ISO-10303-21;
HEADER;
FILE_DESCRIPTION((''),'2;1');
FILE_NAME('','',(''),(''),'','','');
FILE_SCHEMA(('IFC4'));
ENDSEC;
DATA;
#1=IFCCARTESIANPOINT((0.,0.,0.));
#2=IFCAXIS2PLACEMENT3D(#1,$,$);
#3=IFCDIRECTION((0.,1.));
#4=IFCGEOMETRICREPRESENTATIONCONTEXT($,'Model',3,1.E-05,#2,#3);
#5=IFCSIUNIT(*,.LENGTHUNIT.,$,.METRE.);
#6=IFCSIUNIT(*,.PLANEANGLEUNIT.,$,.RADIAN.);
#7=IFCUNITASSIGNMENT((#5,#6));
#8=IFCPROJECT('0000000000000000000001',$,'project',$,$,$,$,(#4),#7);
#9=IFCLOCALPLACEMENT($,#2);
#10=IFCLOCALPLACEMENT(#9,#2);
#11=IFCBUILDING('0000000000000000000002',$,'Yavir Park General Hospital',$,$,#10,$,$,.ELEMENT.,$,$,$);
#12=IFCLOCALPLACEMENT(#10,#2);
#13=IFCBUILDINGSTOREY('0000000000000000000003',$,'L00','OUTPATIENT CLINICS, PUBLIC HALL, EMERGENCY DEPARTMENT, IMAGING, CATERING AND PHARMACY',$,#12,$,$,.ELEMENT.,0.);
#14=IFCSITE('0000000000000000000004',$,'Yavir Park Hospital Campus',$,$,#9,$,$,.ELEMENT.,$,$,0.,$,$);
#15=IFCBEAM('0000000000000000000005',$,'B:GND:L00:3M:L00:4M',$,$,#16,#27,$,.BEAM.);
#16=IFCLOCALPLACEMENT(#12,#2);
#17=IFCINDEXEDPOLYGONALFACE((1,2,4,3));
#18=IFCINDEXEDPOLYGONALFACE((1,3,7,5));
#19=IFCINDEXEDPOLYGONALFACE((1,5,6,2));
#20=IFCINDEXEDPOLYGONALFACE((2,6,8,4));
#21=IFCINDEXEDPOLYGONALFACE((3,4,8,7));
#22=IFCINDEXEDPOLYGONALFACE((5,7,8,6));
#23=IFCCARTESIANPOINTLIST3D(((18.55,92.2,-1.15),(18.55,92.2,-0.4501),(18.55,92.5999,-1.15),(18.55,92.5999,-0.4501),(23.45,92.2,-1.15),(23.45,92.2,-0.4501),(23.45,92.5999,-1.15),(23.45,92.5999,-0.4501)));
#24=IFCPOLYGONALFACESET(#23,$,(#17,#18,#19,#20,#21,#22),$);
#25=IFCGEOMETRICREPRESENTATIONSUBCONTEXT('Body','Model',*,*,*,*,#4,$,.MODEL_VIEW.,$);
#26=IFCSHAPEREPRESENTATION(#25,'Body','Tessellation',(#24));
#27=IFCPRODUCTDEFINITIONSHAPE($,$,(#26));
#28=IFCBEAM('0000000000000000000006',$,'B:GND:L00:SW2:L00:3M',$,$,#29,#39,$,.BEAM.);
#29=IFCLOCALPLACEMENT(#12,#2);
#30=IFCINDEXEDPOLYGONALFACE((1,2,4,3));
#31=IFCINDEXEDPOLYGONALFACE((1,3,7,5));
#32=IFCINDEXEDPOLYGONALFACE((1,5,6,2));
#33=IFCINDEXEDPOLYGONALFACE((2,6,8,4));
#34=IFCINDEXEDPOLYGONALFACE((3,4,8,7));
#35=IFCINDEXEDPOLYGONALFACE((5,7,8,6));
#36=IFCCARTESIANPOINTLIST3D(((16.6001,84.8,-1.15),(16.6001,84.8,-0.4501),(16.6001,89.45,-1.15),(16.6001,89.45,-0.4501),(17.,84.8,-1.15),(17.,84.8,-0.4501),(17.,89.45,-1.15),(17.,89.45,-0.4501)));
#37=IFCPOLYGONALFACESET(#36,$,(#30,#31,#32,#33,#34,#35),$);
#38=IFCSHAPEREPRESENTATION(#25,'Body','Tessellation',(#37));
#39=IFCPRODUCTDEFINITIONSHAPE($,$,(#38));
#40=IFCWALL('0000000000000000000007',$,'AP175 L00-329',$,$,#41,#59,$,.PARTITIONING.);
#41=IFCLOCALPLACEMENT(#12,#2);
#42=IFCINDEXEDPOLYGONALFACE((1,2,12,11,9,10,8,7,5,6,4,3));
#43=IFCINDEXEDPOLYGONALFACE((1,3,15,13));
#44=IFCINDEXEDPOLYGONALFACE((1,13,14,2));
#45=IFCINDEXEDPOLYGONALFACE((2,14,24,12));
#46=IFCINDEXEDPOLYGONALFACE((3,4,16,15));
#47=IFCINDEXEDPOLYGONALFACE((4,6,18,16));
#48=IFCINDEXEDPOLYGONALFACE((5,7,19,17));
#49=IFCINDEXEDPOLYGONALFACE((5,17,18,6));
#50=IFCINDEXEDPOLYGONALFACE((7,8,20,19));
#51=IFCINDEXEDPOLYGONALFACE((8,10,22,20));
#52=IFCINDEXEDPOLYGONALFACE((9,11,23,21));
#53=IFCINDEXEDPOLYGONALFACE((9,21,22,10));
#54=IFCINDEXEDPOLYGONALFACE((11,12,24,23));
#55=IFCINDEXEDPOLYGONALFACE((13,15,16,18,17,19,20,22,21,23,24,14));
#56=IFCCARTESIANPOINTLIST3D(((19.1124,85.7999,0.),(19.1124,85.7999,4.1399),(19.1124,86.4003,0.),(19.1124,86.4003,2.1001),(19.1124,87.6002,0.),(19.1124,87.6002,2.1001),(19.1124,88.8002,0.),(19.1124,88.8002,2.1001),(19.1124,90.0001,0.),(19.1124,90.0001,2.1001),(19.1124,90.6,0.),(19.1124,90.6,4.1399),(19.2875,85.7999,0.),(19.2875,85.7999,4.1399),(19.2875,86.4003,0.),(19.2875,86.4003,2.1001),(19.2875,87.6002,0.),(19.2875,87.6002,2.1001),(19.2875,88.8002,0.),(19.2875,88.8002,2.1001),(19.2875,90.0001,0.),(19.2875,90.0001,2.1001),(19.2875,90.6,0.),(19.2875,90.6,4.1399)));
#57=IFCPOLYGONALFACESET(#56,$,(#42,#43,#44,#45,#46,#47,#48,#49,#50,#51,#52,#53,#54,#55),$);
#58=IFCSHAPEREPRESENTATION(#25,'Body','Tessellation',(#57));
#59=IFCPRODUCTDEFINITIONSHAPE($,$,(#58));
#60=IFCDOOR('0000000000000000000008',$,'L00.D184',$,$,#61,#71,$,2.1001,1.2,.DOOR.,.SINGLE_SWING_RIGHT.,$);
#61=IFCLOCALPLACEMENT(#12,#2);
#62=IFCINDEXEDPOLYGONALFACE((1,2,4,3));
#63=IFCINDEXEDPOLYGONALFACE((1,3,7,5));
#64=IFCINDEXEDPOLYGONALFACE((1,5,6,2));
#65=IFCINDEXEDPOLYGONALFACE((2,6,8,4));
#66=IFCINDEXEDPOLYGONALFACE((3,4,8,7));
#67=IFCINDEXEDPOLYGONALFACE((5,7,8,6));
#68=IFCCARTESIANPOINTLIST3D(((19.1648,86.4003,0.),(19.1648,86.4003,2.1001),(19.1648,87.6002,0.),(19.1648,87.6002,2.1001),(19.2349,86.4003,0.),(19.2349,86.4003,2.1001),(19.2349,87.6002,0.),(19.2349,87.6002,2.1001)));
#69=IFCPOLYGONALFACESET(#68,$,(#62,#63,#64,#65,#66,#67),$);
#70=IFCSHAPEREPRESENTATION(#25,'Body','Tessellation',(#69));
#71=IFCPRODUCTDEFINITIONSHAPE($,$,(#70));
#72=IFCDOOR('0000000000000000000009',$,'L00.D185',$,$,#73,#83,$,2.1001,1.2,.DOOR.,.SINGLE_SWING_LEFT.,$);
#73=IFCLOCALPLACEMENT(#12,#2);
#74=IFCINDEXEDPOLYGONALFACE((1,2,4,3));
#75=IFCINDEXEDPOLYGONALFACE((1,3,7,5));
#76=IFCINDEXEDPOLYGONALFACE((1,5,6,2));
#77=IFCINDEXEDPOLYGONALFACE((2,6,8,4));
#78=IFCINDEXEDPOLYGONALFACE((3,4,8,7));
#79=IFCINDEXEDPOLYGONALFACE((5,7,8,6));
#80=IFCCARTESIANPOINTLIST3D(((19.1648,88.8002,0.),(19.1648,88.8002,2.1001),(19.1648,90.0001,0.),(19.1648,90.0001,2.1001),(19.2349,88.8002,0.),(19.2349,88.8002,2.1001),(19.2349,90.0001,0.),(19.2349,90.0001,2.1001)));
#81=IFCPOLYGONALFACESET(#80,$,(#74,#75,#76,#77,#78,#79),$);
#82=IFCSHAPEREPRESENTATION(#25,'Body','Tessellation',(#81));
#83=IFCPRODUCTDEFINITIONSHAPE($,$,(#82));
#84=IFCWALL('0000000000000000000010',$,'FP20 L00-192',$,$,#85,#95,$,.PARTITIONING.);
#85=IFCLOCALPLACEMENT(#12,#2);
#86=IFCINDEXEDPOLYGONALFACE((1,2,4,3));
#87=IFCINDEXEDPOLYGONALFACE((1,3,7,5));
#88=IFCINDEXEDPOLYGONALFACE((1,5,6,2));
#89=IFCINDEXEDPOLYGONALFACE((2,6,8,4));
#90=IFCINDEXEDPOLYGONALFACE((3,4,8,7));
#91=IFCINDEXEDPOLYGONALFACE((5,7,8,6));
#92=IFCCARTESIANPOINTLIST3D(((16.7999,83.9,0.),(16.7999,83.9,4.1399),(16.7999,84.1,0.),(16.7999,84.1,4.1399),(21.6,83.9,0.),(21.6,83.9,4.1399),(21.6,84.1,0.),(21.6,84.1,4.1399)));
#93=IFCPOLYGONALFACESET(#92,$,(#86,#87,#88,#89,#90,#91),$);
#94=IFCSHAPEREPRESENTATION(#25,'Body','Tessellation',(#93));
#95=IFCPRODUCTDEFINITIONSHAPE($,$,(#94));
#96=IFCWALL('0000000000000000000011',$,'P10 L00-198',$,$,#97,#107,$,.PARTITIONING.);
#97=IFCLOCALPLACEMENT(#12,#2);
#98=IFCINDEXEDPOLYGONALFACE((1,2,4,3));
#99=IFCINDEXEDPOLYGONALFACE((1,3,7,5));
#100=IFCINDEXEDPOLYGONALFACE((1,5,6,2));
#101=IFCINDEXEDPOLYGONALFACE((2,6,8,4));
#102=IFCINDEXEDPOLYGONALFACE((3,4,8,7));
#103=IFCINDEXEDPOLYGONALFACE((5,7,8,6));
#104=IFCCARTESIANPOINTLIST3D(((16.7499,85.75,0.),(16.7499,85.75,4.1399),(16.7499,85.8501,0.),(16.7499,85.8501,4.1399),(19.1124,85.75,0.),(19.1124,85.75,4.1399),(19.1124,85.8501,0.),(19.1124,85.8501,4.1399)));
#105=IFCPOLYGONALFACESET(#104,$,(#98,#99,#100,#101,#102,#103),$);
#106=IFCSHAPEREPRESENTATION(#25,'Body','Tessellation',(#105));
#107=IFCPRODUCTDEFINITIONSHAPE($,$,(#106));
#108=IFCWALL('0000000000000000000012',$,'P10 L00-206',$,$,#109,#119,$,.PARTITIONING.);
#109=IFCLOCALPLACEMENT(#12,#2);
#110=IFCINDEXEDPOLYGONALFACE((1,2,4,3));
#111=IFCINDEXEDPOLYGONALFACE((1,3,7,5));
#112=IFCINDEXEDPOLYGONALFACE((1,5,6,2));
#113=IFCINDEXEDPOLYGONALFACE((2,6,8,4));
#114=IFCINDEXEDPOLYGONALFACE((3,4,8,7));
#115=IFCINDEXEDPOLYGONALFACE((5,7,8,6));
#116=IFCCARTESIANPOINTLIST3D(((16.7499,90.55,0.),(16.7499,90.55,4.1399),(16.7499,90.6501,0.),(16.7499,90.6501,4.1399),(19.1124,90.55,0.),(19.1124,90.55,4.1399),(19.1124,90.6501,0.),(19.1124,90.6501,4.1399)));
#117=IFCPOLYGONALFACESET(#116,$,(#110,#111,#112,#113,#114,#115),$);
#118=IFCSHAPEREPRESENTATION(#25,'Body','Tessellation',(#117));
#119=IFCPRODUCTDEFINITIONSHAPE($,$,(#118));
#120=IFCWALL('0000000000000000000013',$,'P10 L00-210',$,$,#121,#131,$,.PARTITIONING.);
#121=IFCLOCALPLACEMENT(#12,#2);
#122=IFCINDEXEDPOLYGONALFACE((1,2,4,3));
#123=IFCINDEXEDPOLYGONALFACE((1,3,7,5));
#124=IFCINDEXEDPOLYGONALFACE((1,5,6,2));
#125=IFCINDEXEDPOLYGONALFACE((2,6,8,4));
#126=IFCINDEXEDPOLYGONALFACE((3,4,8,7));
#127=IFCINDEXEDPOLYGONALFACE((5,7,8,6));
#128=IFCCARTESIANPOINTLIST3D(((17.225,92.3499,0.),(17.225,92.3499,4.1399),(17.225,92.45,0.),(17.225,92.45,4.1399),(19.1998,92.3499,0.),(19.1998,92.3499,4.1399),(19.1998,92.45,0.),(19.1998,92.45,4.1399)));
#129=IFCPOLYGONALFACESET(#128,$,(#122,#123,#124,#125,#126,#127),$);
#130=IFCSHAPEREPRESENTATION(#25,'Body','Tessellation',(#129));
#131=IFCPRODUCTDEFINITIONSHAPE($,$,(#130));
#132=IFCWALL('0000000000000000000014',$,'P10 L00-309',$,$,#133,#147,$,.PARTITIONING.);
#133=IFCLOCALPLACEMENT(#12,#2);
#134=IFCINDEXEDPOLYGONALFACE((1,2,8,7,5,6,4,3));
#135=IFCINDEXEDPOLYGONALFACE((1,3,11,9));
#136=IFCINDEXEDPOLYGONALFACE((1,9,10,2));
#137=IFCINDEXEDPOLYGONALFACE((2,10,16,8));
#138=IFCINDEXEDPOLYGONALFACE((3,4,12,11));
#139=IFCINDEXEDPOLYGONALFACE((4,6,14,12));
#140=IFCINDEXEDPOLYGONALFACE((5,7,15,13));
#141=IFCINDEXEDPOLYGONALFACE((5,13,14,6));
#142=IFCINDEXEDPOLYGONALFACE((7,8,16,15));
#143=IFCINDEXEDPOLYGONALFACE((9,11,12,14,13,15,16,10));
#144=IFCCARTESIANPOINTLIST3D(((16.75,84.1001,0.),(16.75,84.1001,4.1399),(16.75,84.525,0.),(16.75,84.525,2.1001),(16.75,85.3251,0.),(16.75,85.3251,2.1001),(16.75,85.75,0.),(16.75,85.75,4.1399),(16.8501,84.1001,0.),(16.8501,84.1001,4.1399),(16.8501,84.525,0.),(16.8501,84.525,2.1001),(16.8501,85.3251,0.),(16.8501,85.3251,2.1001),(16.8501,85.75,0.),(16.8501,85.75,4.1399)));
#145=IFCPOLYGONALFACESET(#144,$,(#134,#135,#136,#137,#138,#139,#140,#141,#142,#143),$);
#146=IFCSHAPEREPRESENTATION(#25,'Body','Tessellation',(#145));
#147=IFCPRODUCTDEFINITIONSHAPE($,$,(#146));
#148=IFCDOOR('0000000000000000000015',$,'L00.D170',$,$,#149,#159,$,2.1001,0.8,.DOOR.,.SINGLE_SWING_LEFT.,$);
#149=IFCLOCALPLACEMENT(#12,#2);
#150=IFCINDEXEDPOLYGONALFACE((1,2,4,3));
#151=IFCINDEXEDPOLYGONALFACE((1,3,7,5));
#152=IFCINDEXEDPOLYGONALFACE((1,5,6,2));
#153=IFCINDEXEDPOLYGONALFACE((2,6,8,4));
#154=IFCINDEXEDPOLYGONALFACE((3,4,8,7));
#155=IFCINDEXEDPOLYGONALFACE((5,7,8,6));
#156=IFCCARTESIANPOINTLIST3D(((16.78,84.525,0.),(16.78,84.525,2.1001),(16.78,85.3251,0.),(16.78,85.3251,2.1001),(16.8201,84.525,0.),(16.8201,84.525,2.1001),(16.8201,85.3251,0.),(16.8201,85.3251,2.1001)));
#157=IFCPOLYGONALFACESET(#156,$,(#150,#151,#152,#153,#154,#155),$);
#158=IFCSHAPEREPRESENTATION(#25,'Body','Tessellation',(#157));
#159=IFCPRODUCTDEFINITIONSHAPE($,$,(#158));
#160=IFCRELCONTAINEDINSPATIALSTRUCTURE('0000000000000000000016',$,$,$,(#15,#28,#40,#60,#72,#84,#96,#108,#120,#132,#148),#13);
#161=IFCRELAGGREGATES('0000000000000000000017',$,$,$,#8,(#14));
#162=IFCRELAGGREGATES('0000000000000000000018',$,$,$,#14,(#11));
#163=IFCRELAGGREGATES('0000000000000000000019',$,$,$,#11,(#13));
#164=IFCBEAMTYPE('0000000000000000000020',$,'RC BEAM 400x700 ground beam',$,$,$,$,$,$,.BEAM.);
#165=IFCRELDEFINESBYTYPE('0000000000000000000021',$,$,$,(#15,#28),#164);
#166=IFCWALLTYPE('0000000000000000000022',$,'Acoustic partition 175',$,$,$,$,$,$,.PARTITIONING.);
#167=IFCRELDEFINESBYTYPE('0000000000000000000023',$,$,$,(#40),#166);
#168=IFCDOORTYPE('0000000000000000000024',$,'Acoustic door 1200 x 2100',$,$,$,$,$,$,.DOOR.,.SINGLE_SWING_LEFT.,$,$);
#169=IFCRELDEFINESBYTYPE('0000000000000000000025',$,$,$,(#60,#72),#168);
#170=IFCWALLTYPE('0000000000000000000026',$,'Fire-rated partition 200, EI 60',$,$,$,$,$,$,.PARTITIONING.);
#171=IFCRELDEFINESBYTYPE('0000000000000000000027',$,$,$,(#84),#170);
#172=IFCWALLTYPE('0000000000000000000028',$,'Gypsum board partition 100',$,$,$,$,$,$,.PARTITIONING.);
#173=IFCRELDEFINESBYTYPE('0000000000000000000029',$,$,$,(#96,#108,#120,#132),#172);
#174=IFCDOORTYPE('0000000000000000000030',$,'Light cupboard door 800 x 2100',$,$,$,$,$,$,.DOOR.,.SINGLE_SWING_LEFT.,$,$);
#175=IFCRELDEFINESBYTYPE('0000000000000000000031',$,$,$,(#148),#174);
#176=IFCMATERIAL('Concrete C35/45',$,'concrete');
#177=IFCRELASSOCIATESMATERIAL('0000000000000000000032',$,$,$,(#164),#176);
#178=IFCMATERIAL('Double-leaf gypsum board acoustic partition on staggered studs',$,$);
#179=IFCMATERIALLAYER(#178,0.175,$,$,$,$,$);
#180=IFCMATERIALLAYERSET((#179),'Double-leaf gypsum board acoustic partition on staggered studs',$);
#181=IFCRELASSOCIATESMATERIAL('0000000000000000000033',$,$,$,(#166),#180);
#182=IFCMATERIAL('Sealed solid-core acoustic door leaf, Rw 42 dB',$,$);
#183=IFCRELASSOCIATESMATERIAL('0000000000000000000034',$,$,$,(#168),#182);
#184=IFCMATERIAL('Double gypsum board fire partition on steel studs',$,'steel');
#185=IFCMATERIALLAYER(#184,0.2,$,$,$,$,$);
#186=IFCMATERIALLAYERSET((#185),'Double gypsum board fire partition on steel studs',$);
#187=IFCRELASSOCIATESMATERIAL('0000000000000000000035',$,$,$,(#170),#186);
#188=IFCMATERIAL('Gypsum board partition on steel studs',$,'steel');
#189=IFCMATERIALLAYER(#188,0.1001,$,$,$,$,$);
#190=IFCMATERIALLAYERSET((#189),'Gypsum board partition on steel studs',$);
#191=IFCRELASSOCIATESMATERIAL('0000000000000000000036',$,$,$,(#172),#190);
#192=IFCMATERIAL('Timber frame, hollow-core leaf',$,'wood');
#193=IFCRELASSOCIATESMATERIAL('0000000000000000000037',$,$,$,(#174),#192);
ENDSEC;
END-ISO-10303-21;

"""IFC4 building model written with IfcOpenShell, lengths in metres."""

from ifc_helpers import new_model, si_unit, direction, frame, frame_2d, origin, origin_2d, place, context, subcontext, project, spatial, rectangle, extrude, material, layer, layer_set, material_profile, profile_set, type_object, element, fill, save


model = new_model("IFC4")

# Units and contexts
model_context = context("Model", 3, precision=1e-05, world=origin(), true_north=direction((0.0, 1.0)))
body_context = subcontext(model_context, "Body", "Model", "MODEL_VIEW")
ifc_project = project(units=[si_unit("LENGTHUNIT", "METRE"), si_unit("PLANEANGLEUNIT", "RADIAN")], contexts=[model_context])

# Site, building, storey
site_placement = place(None, origin())
site = spatial("IfcSite", under=ifc_project, at=site_placement, Name="Yavir Park Hospital Campus", CompositionType="ELEMENT", RefElevation=0.0)
building_placement = place(site_placement, origin())
building = spatial("IfcBuilding", under=site, at=building_placement, Name="Yavir Park General Hospital", CompositionType="ELEMENT")
storey_placement = place(building_placement, origin())
storey = spatial("IfcBuildingStorey", under=building, at=storey_placement, Name="L00", Description="OUTPATIENT CLINICS, PUBLIC HALL, EMERGENCY DEPARTMENT, IMAGING, CATERING AND PHARMACY", CompositionType="ELEMENT", Elevation=0.0)

# Beams
ifc_material_1 = material(Name="Concrete C35/45", Category="concrete")
ifc_material_profile_1 = material_profile(ifc_material_1, rectangle(XDim=0.3999, YDim=0.7, at=origin_2d()), Name="RC400x700")
ifc_profile_set_1 = profile_set([ifc_material_profile_1], Name="Concrete C35/45")
beam_type = type_object("IfcBeamType", Name="RC BEAM 400x700 ground beam", PredefinedType="BEAM", material=ifc_profile_set_1)
beam_1_placement = place(storey_placement, frame((18.55, 92.3999, -0.8), z_axis=(1.0, 0.0, 0.0), x_axis=(0.0, 1.0, 0.0)))
element("IfcBeam", 1, at=beam_1_placement, inside=storey, type_object=beam_type, Name="B:GND:L00:3M:L00:4M", PredefinedType="BEAM", context=body_context, shape_type="SweptSolid", body=[
    extrude(rectangle(XDim=0.3999, YDim=0.7, at=origin_2d()), origin(), (0.0, 0.0, 1.0), 4.8999),
])
beam_2_placement = place(storey_placement, frame((16.8, 84.8, -0.8), z_axis=(0.0, 1.0, 0.0), x_axis=(-1.0, 0.0, 0.0)))
element("IfcBeam", 2, at=beam_2_placement, inside=storey, type_object=beam_type, Name="B:GND:L00:SW2:L00:3M", PredefinedType="BEAM", context=body_context, shape_type="SweptSolid", body=[
    extrude(rectangle(XDim=0.3999, YDim=0.7, at=origin_2d()), origin(), (0.0, 0.0, 1.0), 4.6499),
])

# Wall, openings, doors
ifc_material_2 = material(Name="Double-leaf gypsum board acoustic partition on staggered studs")
ifc_layer_1 = layer(ifc_material_2, 0.175)
ifc_layer_set_1 = layer_set([ifc_layer_1], Name="Double-leaf gypsum board acoustic partition on staggered studs")
wall_type_1 = type_object("IfcWallType", Name="Acoustic partition 175", PredefinedType="PARTITIONING", material=ifc_layer_set_1)
wall_1_placement = place(storey_placement, frame((19.2, 85.8, 0.0), z_axis=(0.0, 0.0, 1.0), x_axis=(0.0, 1.0, 0.0)))
wall_1 = element("IfcWall", 3, at=wall_1_placement, inside=storey, type_object=wall_type_1, Name="AP175 L00-329", PredefinedType="PARTITIONING", context=body_context, shape_type="SweptSolid", body=[
    extrude(rectangle(XDim=4.8, YDim=0.175, at=frame_2d((2.3999, 0.0))), origin(), (0.0, 0.0, 1.0), 4.1399),
])
opening_1_placement = place(wall_1_placement, frame((0.6001, 0.0, 0.0)))
opening_1 = element("IfcOpeningElement", 4, at=opening_1_placement, cuts=wall_1, PredefinedType="OPENING", context=body_context, shape_type="SweptSolid", body=[
    extrude(rectangle(XDim=1.2, YDim=2.1001, at=frame_2d((0.6001, 1.05))), frame((0.0, 0.0974, 0.0), z_axis=(0.0, -1.0, 0.0), x_axis=(1.0, 0.0, 0.0)), (0.0, 0.0, 1.0), 0.1951),
])
opening_2_placement = place(wall_1_placement, frame((3.0, 0.0, 0.0)))
opening_2 = element("IfcOpeningElement", 5, at=opening_2_placement, cuts=wall_1, PredefinedType="OPENING", context=body_context, shape_type="SweptSolid", body=[
    extrude(rectangle(XDim=1.2, YDim=2.1001, at=frame_2d((0.6001, 1.05))), frame((0.0, 0.0974, 0.0), z_axis=(0.0, -1.0, 0.0), x_axis=(1.0, 0.0, 0.0)), (0.0, 0.0, 1.0), 0.1951),
])
ifc_material_3 = material(Name="Sealed solid-core acoustic door leaf, Rw 42 dB")
door_type_1 = type_object("IfcDoorType", Name="Acoustic door 1200 x 2100", OperationType="SINGLE_SWING_LEFT", PredefinedType="DOOR", material=ifc_material_3)
door_1_placement = place(opening_1_placement, origin())
door_1 = element("IfcDoor", 6, at=door_1_placement, inside=storey, type_object=door_type_1, Name="L00.D184", OperationType="SINGLE_SWING_RIGHT", OverallHeight=2.1001, OverallWidth=1.2, PredefinedType="DOOR", context=body_context, shape_type="SweptSolid", body=[
    extrude(rectangle(XDim=1.2, YDim=2.1001, at=frame_2d((0.6001, 1.05))), frame((0.0, 0.0352, 0.0), z_axis=(0.0, -1.0, 0.0), x_axis=(1.0, 0.0, 0.0)), (0.0, 0.0, 1.0), 0.0701),
])
fill(opening_1, door_1)
door_2_placement = place(opening_2_placement, origin())
door_2 = element("IfcDoor", 7, at=door_2_placement, inside=storey, type_object=door_type_1, Name="L00.D185", OperationType="SINGLE_SWING_LEFT", OverallHeight=2.1001, OverallWidth=1.2, PredefinedType="DOOR", context=body_context, shape_type="SweptSolid", body=[
    extrude(rectangle(XDim=1.2, YDim=2.1001, at=frame_2d((0.6001, 1.05))), frame((0.0, 0.0352, 0.0), z_axis=(0.0, -1.0, 0.0), x_axis=(1.0, 0.0, 0.0)), (0.0, 0.0, 1.0), 0.0701),
])
fill(opening_2, door_2)

# Walls
ifc_material_4 = material(Name="Double gypsum board fire partition on steel studs", Category="steel")
ifc_layer_2 = layer(ifc_material_4, 0.2)
ifc_layer_set_2 = layer_set([ifc_layer_2], Name="Double gypsum board fire partition on steel studs")
wall_type_2 = type_object("IfcWallType", Name="Fire-rated partition 200, EI 60", PredefinedType="PARTITIONING", material=ifc_layer_set_2)
wall_2_placement = place(storey_placement, frame((16.8, 84.0, 0.0), z_axis=(0.0, 0.0, 1.0), x_axis=(1.0, 0.0, 0.0)))
element("IfcWall", 8, at=wall_2_placement, inside=storey, type_object=wall_type_2, Name="FP20 L00-192", PredefinedType="PARTITIONING", context=body_context, shape_type="SweptSolid", body=[
    extrude(rectangle(XDim=4.8, YDim=0.2, at=frame_2d((2.3999, 0.0))), origin(), (0.0, 0.0, 1.0), 4.1399),
])
ifc_material_5 = material(Name="Gypsum board partition on steel studs", Category="steel")
ifc_layer_3 = layer(ifc_material_5, 0.1001)
ifc_layer_set_3 = layer_set([ifc_layer_3], Name="Gypsum board partition on steel studs")
wall_type_3 = type_object("IfcWallType", Name="Gypsum board partition 100", PredefinedType="PARTITIONING", material=ifc_layer_set_3)
for number, where, z_axis, x_axis, name in (
    (9, (16.75, 85.8, 0.0), (0.0, 0.0, 1.0), (1.0, 0.0, 0.0), "P10 L00-198"),
    (10, (16.75, 90.6001, 0.0), (0.0, 0.0, 1.0), (1.0, 0.0, 0.0), "P10 L00-206"),
):
    element("IfcWall", number, at=place(storey_placement, frame(where, z_axis=z_axis, x_axis=x_axis)), inside=storey, type_object=wall_type_3, Name=name, PredefinedType="PARTITIONING", context=body_context, shape_type="SweptSolid", body=[
        extrude(rectangle(XDim=2.3625, YDim=0.1001, at=frame_2d((1.1812, 0.0))), origin(), (0.0, 0.0, 1.0), 4.1399),
    ])
wall_3_placement = place(storey_placement, frame((17.2251, 92.3999, 0.0), z_axis=(0.0, 0.0, 1.0), x_axis=(1.0, 0.0, 0.0)))
element("IfcWall", 11, at=wall_3_placement, inside=storey, type_object=wall_type_3, Name="P10 L00-210", PredefinedType="PARTITIONING", context=body_context, shape_type="SweptSolid", body=[
    extrude(rectangle(XDim=1.9749, YDim=0.1001, at=frame_2d((0.9873, 0.0))), origin(), (0.0, 0.0, 1.0), 4.1399),
])

# Wall, opening, door
wall_4_placement = place(storey_placement, frame((16.8, 84.1001, 0.0), z_axis=(0.0, 0.0, 1.0), x_axis=(0.0, 1.0, 0.0)))
wall_4 = element("IfcWall", 12, at=wall_4_placement, inside=storey, type_object=wall_type_3, Name="P10 L00-309", PredefinedType="PARTITIONING", context=body_context, shape_type="SweptSolid", body=[
    extrude(rectangle(XDim=1.6499, YDim=0.1001, at=frame_2d((0.825, 0.0))), origin(), (0.0, 0.0, 1.0), 4.1399),
])
opening_3_placement = place(wall_4_placement, frame((0.425, 0.0, 0.0)))
opening_3 = element("IfcOpeningElement", 13, at=opening_3_placement, cuts=wall_4, PredefinedType="OPENING", context=body_context, shape_type="SweptSolid", body=[
    extrude(rectangle(XDim=0.8, YDim=2.1001, at=frame_2d((0.3999, 1.05))), frame((0.0, 0.0601, 0.0), z_axis=(0.0, -1.0, 0.0), x_axis=(1.0, 0.0, 0.0)), (0.0, 0.0, 1.0), 0.1201),
])
ifc_material_6 = material(Name="Timber frame, hollow-core leaf", Category="wood")
door_type_2 = type_object("IfcDoorType", Name="Light cupboard door 800 x 2100", OperationType="SINGLE_SWING_LEFT", PredefinedType="DOOR", material=ifc_material_6)
door_3_placement = place(opening_3_placement, origin())
door_3 = element("IfcDoor", 14, at=door_3_placement, inside=storey, type_object=door_type_2, Name="L00.D170", OperationType="SINGLE_SWING_LEFT", OverallHeight=2.1001, OverallWidth=0.8, PredefinedType="DOOR", context=body_context, shape_type="SweptSolid", body=[
    extrude(rectangle(XDim=0.8, YDim=2.1001, at=frame_2d((0.3999, 1.05))), frame((0.0, 0.02, 0.0), z_axis=(0.0, -1.0, 0.0), x_axis=(1.0, 0.0, 0.0)), (0.0, 0.0, 1.0), 0.04),
])
fill(opening_3, door_3)

save(model, "model.ifc")
